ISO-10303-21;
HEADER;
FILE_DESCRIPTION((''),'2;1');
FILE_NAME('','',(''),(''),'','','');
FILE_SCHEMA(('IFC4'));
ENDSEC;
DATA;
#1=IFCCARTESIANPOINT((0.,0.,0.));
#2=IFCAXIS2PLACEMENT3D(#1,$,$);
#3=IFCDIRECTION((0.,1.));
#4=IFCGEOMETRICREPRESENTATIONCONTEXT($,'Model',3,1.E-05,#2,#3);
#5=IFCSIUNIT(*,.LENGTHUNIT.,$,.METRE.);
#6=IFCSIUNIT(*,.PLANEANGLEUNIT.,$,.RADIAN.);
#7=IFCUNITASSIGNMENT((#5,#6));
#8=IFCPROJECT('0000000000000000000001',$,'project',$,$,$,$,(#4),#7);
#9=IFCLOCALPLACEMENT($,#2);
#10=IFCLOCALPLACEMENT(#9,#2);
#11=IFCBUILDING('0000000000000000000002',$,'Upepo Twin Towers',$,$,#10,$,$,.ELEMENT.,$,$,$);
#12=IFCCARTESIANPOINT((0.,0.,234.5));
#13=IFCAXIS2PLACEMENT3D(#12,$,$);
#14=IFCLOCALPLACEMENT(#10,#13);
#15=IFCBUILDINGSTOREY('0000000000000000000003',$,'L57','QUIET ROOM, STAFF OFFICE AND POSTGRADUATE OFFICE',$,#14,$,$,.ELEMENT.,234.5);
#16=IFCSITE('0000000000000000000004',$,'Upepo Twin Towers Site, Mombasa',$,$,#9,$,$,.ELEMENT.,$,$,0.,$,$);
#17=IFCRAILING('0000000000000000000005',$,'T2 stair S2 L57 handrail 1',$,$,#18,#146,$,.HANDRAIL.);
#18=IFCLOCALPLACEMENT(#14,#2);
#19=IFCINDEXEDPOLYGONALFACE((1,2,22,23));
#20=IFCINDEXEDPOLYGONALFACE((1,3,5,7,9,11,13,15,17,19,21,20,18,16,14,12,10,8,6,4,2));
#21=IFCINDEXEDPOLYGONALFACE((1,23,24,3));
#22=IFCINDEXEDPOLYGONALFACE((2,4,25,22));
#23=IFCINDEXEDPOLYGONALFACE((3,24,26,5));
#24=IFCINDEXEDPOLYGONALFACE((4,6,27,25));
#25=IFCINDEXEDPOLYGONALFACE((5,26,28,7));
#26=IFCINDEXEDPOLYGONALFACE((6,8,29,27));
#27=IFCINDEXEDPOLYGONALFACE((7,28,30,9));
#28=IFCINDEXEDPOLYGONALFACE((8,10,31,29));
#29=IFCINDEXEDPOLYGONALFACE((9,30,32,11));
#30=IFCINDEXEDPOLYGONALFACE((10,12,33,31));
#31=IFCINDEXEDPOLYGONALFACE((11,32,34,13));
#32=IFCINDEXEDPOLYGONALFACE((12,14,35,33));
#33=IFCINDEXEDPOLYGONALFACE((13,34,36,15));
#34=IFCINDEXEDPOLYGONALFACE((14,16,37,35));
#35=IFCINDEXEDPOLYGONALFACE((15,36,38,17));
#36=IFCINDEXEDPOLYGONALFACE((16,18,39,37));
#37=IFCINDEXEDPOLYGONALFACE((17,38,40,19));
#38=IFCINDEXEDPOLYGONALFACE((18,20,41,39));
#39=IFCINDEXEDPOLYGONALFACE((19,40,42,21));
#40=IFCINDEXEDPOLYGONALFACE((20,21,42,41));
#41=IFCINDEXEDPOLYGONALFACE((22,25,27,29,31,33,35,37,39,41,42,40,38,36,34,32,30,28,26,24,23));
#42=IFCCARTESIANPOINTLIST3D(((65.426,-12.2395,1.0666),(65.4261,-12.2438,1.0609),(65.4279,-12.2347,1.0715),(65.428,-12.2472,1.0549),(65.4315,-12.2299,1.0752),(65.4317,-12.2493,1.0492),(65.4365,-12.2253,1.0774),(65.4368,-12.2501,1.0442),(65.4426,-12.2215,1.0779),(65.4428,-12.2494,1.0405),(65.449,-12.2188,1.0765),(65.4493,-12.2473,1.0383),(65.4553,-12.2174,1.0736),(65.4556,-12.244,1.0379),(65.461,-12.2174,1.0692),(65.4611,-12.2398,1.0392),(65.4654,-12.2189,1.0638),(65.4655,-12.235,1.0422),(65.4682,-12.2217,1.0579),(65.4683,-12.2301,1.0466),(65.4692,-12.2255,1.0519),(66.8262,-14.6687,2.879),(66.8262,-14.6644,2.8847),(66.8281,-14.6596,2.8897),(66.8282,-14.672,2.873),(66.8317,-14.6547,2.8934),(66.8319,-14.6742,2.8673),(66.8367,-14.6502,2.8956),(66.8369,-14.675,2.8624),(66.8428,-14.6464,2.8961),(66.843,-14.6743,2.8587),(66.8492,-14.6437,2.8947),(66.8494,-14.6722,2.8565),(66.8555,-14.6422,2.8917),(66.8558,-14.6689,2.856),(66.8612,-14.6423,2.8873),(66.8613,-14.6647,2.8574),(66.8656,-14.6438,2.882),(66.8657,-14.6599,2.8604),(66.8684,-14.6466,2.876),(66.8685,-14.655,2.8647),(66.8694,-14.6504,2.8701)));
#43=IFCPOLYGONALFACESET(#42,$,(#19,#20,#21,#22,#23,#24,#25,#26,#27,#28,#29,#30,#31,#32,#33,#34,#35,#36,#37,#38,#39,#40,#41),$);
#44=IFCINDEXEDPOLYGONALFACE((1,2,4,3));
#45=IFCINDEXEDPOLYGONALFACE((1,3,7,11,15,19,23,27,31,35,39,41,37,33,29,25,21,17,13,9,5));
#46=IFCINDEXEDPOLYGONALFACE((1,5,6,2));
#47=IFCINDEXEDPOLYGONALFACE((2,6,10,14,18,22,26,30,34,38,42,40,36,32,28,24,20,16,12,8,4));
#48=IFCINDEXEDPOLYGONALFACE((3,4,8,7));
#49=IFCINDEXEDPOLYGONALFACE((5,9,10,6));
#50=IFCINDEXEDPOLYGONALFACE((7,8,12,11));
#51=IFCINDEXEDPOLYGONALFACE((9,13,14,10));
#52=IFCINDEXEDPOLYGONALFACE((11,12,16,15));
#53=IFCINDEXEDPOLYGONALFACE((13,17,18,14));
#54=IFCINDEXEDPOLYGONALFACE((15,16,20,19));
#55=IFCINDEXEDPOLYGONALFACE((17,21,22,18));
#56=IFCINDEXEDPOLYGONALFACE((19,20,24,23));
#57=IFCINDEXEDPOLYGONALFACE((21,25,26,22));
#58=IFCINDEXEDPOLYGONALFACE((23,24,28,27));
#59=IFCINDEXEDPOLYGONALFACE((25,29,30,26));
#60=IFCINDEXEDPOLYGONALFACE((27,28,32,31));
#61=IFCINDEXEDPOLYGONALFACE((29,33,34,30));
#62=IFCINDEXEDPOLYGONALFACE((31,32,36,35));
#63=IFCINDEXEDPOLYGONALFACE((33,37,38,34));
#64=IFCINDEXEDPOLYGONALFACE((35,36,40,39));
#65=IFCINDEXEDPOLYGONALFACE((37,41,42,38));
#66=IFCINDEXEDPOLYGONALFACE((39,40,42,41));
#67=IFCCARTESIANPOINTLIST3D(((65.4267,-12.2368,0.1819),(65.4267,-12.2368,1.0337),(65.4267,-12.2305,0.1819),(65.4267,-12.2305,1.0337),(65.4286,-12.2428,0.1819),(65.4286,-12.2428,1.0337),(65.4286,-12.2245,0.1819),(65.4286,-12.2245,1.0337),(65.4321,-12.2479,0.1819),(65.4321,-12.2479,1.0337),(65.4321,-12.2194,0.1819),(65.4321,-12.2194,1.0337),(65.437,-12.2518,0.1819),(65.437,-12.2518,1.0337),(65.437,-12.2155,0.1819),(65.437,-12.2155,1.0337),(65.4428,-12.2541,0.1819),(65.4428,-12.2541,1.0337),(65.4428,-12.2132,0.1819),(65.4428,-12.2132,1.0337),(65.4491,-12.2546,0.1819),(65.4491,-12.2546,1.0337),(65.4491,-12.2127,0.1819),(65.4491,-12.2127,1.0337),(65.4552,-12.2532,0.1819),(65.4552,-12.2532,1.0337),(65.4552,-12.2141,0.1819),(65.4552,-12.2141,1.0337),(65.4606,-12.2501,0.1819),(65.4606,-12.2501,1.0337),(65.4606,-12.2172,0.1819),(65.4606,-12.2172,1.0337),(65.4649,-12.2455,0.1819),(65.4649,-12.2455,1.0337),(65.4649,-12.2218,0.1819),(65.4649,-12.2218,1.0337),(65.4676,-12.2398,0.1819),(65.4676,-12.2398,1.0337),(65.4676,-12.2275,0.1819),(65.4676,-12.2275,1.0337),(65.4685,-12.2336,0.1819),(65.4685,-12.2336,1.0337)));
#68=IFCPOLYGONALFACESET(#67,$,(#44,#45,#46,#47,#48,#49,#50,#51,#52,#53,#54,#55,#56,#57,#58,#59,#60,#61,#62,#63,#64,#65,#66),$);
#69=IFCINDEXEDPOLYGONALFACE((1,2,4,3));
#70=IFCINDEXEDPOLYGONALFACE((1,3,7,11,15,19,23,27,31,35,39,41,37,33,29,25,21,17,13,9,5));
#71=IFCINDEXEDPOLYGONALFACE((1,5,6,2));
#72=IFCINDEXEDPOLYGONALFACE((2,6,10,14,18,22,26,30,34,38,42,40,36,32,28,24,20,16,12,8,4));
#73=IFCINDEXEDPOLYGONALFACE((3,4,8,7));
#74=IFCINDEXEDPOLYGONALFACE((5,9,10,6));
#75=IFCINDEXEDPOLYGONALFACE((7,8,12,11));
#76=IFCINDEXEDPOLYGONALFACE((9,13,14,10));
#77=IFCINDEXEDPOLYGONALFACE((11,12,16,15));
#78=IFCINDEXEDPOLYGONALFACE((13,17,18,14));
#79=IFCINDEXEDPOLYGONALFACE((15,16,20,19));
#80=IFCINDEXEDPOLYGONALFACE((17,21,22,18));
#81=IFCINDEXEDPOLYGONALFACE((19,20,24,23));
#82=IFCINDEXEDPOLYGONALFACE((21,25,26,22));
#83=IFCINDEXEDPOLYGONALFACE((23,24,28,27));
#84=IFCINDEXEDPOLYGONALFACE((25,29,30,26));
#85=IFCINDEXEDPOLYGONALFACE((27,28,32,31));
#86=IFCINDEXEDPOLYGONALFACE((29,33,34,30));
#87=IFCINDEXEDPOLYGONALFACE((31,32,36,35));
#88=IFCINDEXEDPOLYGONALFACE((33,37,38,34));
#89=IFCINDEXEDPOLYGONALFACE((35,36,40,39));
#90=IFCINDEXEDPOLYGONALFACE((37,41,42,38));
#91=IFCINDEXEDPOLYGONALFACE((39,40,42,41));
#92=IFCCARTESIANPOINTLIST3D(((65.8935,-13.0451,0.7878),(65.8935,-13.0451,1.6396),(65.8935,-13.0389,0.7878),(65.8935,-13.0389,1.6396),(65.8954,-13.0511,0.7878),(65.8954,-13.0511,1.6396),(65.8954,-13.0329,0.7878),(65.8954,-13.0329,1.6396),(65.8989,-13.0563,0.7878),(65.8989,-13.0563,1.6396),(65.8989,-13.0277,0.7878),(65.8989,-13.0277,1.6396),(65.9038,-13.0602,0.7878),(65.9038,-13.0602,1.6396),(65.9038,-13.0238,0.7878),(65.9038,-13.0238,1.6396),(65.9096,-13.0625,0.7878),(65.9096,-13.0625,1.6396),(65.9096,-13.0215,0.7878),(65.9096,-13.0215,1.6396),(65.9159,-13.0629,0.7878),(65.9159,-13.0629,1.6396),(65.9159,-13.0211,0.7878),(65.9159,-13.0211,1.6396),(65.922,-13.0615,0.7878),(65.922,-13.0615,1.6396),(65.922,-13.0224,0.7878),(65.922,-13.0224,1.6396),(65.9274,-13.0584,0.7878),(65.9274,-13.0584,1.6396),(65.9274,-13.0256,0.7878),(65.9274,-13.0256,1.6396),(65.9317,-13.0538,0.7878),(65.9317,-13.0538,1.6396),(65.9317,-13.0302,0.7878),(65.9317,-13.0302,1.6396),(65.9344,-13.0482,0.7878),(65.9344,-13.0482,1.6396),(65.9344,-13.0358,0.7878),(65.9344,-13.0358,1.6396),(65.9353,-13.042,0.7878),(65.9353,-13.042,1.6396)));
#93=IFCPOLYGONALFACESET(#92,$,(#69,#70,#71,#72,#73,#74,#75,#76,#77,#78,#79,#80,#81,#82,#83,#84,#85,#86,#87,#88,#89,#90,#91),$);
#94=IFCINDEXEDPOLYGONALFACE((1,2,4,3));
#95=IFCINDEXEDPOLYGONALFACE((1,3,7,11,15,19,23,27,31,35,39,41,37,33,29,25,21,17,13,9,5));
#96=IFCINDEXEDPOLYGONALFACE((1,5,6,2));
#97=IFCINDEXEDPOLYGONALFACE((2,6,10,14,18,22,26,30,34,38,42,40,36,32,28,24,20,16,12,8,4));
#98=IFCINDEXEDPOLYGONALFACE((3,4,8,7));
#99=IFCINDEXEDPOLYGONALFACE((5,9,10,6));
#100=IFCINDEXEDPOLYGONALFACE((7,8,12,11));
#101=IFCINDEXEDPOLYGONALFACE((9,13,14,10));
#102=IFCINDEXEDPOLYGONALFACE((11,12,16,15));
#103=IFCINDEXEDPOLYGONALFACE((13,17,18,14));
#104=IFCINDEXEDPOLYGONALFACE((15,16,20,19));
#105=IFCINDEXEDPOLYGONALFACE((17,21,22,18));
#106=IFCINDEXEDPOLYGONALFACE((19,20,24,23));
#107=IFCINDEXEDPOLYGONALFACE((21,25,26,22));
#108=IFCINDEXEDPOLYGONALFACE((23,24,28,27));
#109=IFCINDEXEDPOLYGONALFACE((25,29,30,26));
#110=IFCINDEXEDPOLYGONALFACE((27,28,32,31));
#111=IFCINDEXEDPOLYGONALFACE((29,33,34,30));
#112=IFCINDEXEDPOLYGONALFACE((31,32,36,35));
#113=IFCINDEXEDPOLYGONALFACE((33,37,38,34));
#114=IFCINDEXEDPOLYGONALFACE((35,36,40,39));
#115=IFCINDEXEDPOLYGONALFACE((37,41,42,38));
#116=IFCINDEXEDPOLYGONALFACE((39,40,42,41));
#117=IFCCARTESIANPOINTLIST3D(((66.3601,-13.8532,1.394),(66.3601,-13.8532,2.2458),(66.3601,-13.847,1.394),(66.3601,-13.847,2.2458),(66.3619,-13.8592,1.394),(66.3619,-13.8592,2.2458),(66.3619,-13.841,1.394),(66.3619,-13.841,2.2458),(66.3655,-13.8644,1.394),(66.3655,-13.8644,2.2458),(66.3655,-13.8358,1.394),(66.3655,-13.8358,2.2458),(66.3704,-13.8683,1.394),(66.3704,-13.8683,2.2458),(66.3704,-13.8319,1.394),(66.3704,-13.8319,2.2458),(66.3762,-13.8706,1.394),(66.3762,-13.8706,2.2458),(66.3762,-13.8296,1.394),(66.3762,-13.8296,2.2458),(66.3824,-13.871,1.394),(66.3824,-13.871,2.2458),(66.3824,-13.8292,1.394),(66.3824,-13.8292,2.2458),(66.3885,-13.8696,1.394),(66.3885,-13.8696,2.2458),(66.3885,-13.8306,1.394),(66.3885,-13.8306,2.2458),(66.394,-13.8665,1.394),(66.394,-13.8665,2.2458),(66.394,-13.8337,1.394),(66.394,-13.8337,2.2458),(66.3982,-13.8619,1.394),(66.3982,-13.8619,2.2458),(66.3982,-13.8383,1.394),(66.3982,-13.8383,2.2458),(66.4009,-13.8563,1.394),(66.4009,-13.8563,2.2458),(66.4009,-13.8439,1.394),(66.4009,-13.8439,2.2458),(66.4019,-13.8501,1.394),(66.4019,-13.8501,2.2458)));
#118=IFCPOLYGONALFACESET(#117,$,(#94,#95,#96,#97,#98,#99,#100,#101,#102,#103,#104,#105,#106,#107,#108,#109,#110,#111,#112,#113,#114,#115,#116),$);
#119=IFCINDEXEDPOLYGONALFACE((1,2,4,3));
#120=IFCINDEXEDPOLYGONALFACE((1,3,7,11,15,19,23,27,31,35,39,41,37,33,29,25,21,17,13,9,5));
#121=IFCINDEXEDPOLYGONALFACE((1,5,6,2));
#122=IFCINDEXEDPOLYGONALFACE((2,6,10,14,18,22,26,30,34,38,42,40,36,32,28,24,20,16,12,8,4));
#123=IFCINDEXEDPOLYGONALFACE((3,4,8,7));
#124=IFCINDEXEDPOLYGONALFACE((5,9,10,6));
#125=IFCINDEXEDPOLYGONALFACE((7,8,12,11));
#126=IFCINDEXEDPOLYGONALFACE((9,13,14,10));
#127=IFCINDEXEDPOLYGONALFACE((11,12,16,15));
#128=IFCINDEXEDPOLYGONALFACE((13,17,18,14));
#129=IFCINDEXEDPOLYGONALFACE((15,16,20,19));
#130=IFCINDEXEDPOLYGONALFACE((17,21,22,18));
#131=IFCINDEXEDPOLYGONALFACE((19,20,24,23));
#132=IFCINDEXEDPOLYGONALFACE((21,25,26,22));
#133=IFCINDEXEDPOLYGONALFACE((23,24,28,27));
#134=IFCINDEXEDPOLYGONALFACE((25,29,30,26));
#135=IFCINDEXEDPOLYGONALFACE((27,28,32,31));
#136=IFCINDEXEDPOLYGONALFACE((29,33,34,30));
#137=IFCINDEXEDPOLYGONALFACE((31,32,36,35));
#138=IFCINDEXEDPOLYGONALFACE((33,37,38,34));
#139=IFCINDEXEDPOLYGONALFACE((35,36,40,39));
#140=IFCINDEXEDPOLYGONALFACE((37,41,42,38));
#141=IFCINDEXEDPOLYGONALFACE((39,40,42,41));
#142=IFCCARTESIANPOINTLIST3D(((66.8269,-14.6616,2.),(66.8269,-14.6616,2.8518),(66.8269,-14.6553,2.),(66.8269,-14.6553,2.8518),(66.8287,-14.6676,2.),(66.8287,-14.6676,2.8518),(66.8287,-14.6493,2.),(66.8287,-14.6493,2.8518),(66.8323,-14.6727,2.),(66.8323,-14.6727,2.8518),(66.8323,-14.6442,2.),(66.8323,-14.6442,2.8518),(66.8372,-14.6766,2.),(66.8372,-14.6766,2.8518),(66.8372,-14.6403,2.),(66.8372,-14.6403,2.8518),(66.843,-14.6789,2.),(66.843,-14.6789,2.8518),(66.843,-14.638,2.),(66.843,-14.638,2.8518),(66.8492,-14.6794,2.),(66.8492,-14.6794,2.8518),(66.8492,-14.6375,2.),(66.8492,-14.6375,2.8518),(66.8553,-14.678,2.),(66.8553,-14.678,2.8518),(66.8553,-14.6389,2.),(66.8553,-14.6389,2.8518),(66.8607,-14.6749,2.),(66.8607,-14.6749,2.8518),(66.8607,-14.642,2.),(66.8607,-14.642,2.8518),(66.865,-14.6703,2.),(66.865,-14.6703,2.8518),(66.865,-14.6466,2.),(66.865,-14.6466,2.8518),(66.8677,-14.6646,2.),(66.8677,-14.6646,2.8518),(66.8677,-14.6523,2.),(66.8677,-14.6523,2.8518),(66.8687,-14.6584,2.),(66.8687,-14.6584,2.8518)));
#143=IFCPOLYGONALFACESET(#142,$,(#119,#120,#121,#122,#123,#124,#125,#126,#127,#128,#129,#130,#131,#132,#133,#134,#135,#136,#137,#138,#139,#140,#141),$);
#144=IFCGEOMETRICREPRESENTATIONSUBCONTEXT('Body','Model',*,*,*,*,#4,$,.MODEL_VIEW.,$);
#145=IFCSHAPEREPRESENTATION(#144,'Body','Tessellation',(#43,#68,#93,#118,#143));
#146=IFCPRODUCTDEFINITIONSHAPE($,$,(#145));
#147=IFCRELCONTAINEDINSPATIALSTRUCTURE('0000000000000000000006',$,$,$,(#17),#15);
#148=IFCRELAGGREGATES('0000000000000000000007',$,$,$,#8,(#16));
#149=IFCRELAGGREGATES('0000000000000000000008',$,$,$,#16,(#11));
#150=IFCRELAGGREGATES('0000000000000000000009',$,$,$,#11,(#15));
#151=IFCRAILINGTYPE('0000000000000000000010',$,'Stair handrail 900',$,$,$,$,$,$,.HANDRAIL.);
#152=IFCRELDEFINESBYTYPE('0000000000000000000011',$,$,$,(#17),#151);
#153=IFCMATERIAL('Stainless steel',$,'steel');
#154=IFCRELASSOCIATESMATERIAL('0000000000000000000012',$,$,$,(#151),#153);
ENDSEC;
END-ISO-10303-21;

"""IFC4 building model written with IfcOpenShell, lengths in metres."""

from ifc_helpers import new_model, si_unit, direction, frame, origin, origin_2d, place, context, subcontext, project, spatial, circle, extrude, material, type_object, element, save


model = new_model("IFC4")

# Units and contexts
model_context = context("Model", 3, precision=1e-05, world=origin(), true_north=direction((0.0, 1.0)))
body_context = subcontext(model_context, "Body", "Model", "MODEL_VIEW")
ifc_project = project(units=[si_unit("LENGTHUNIT", "METRE"), si_unit("PLANEANGLEUNIT", "RADIAN")], contexts=[model_context])

# Site, building, storey
site_placement = place(None, origin())
site = spatial("IfcSite", under=ifc_project, at=site_placement, Name="Upepo Twin Towers Site, Mombasa", CompositionType="ELEMENT", RefElevation=0.0)
building_placement = place(site_placement, origin())
building = spatial("IfcBuilding", under=site, at=building_placement, Name="Upepo Twin Towers", CompositionType="ELEMENT")
storey_placement = place(building_placement, frame((0.0, 0.0, 234.5)))
storey = spatial("IfcBuildingStorey", under=building, at=storey_placement, Name="L57", Description="QUIET ROOM, STAFF OFFICE AND POSTGRADUATE OFFICE", CompositionType="ELEMENT", Elevation=234.5)

# Railing
ifc_material_1 = material(Name="Stainless steel", Category="steel")
railing_type = type_object("IfcRailingType", Name="Stair handrail 900", PredefinedType="HANDRAIL", material=ifc_material_1)
railing_1_placement = place(storey_placement, frame((65.4475, -12.2336, 0.1819)))
element("IfcRailing", 1, at=railing_1_placement, inside=storey, type_object=railing_type, Name="T2 stair S2 L57 handrail 1", PredefinedType="HANDRAIL", context=body_context, shape_type="SweptSolid", body=[
    extrude(circle(Radius=0.0239, at=origin_2d()), frame((0.0, 0.0, 0.876), z_axis=(0.419393, -0.726314, 0.544589), x_axis=(0.865997, 0.50005, 0.0)), (0.0, 0.0, 1.0), 3.3386),
    extrude(circle(Radius=0.021, at=origin_2d()), origin(), (0.0, 0.0, 1.0), 0.8518),
    extrude(circle(Radius=0.021, at=origin_2d()), frame((0.4668, -0.8083, 0.606)), (0.0, 0.0, 1.0), 0.8518),
    extrude(circle(Radius=0.021, at=origin_2d()), frame((0.9333, -1.6165, 1.2122)), (0.0, 0.0, 1.0), 0.8518),
    extrude(circle(Radius=0.021, at=origin_2d()), frame((1.4001, -2.4248, 1.8181)), (0.0, 0.0, 1.0), 0.8518),
])

save(model, "model.ifc")
